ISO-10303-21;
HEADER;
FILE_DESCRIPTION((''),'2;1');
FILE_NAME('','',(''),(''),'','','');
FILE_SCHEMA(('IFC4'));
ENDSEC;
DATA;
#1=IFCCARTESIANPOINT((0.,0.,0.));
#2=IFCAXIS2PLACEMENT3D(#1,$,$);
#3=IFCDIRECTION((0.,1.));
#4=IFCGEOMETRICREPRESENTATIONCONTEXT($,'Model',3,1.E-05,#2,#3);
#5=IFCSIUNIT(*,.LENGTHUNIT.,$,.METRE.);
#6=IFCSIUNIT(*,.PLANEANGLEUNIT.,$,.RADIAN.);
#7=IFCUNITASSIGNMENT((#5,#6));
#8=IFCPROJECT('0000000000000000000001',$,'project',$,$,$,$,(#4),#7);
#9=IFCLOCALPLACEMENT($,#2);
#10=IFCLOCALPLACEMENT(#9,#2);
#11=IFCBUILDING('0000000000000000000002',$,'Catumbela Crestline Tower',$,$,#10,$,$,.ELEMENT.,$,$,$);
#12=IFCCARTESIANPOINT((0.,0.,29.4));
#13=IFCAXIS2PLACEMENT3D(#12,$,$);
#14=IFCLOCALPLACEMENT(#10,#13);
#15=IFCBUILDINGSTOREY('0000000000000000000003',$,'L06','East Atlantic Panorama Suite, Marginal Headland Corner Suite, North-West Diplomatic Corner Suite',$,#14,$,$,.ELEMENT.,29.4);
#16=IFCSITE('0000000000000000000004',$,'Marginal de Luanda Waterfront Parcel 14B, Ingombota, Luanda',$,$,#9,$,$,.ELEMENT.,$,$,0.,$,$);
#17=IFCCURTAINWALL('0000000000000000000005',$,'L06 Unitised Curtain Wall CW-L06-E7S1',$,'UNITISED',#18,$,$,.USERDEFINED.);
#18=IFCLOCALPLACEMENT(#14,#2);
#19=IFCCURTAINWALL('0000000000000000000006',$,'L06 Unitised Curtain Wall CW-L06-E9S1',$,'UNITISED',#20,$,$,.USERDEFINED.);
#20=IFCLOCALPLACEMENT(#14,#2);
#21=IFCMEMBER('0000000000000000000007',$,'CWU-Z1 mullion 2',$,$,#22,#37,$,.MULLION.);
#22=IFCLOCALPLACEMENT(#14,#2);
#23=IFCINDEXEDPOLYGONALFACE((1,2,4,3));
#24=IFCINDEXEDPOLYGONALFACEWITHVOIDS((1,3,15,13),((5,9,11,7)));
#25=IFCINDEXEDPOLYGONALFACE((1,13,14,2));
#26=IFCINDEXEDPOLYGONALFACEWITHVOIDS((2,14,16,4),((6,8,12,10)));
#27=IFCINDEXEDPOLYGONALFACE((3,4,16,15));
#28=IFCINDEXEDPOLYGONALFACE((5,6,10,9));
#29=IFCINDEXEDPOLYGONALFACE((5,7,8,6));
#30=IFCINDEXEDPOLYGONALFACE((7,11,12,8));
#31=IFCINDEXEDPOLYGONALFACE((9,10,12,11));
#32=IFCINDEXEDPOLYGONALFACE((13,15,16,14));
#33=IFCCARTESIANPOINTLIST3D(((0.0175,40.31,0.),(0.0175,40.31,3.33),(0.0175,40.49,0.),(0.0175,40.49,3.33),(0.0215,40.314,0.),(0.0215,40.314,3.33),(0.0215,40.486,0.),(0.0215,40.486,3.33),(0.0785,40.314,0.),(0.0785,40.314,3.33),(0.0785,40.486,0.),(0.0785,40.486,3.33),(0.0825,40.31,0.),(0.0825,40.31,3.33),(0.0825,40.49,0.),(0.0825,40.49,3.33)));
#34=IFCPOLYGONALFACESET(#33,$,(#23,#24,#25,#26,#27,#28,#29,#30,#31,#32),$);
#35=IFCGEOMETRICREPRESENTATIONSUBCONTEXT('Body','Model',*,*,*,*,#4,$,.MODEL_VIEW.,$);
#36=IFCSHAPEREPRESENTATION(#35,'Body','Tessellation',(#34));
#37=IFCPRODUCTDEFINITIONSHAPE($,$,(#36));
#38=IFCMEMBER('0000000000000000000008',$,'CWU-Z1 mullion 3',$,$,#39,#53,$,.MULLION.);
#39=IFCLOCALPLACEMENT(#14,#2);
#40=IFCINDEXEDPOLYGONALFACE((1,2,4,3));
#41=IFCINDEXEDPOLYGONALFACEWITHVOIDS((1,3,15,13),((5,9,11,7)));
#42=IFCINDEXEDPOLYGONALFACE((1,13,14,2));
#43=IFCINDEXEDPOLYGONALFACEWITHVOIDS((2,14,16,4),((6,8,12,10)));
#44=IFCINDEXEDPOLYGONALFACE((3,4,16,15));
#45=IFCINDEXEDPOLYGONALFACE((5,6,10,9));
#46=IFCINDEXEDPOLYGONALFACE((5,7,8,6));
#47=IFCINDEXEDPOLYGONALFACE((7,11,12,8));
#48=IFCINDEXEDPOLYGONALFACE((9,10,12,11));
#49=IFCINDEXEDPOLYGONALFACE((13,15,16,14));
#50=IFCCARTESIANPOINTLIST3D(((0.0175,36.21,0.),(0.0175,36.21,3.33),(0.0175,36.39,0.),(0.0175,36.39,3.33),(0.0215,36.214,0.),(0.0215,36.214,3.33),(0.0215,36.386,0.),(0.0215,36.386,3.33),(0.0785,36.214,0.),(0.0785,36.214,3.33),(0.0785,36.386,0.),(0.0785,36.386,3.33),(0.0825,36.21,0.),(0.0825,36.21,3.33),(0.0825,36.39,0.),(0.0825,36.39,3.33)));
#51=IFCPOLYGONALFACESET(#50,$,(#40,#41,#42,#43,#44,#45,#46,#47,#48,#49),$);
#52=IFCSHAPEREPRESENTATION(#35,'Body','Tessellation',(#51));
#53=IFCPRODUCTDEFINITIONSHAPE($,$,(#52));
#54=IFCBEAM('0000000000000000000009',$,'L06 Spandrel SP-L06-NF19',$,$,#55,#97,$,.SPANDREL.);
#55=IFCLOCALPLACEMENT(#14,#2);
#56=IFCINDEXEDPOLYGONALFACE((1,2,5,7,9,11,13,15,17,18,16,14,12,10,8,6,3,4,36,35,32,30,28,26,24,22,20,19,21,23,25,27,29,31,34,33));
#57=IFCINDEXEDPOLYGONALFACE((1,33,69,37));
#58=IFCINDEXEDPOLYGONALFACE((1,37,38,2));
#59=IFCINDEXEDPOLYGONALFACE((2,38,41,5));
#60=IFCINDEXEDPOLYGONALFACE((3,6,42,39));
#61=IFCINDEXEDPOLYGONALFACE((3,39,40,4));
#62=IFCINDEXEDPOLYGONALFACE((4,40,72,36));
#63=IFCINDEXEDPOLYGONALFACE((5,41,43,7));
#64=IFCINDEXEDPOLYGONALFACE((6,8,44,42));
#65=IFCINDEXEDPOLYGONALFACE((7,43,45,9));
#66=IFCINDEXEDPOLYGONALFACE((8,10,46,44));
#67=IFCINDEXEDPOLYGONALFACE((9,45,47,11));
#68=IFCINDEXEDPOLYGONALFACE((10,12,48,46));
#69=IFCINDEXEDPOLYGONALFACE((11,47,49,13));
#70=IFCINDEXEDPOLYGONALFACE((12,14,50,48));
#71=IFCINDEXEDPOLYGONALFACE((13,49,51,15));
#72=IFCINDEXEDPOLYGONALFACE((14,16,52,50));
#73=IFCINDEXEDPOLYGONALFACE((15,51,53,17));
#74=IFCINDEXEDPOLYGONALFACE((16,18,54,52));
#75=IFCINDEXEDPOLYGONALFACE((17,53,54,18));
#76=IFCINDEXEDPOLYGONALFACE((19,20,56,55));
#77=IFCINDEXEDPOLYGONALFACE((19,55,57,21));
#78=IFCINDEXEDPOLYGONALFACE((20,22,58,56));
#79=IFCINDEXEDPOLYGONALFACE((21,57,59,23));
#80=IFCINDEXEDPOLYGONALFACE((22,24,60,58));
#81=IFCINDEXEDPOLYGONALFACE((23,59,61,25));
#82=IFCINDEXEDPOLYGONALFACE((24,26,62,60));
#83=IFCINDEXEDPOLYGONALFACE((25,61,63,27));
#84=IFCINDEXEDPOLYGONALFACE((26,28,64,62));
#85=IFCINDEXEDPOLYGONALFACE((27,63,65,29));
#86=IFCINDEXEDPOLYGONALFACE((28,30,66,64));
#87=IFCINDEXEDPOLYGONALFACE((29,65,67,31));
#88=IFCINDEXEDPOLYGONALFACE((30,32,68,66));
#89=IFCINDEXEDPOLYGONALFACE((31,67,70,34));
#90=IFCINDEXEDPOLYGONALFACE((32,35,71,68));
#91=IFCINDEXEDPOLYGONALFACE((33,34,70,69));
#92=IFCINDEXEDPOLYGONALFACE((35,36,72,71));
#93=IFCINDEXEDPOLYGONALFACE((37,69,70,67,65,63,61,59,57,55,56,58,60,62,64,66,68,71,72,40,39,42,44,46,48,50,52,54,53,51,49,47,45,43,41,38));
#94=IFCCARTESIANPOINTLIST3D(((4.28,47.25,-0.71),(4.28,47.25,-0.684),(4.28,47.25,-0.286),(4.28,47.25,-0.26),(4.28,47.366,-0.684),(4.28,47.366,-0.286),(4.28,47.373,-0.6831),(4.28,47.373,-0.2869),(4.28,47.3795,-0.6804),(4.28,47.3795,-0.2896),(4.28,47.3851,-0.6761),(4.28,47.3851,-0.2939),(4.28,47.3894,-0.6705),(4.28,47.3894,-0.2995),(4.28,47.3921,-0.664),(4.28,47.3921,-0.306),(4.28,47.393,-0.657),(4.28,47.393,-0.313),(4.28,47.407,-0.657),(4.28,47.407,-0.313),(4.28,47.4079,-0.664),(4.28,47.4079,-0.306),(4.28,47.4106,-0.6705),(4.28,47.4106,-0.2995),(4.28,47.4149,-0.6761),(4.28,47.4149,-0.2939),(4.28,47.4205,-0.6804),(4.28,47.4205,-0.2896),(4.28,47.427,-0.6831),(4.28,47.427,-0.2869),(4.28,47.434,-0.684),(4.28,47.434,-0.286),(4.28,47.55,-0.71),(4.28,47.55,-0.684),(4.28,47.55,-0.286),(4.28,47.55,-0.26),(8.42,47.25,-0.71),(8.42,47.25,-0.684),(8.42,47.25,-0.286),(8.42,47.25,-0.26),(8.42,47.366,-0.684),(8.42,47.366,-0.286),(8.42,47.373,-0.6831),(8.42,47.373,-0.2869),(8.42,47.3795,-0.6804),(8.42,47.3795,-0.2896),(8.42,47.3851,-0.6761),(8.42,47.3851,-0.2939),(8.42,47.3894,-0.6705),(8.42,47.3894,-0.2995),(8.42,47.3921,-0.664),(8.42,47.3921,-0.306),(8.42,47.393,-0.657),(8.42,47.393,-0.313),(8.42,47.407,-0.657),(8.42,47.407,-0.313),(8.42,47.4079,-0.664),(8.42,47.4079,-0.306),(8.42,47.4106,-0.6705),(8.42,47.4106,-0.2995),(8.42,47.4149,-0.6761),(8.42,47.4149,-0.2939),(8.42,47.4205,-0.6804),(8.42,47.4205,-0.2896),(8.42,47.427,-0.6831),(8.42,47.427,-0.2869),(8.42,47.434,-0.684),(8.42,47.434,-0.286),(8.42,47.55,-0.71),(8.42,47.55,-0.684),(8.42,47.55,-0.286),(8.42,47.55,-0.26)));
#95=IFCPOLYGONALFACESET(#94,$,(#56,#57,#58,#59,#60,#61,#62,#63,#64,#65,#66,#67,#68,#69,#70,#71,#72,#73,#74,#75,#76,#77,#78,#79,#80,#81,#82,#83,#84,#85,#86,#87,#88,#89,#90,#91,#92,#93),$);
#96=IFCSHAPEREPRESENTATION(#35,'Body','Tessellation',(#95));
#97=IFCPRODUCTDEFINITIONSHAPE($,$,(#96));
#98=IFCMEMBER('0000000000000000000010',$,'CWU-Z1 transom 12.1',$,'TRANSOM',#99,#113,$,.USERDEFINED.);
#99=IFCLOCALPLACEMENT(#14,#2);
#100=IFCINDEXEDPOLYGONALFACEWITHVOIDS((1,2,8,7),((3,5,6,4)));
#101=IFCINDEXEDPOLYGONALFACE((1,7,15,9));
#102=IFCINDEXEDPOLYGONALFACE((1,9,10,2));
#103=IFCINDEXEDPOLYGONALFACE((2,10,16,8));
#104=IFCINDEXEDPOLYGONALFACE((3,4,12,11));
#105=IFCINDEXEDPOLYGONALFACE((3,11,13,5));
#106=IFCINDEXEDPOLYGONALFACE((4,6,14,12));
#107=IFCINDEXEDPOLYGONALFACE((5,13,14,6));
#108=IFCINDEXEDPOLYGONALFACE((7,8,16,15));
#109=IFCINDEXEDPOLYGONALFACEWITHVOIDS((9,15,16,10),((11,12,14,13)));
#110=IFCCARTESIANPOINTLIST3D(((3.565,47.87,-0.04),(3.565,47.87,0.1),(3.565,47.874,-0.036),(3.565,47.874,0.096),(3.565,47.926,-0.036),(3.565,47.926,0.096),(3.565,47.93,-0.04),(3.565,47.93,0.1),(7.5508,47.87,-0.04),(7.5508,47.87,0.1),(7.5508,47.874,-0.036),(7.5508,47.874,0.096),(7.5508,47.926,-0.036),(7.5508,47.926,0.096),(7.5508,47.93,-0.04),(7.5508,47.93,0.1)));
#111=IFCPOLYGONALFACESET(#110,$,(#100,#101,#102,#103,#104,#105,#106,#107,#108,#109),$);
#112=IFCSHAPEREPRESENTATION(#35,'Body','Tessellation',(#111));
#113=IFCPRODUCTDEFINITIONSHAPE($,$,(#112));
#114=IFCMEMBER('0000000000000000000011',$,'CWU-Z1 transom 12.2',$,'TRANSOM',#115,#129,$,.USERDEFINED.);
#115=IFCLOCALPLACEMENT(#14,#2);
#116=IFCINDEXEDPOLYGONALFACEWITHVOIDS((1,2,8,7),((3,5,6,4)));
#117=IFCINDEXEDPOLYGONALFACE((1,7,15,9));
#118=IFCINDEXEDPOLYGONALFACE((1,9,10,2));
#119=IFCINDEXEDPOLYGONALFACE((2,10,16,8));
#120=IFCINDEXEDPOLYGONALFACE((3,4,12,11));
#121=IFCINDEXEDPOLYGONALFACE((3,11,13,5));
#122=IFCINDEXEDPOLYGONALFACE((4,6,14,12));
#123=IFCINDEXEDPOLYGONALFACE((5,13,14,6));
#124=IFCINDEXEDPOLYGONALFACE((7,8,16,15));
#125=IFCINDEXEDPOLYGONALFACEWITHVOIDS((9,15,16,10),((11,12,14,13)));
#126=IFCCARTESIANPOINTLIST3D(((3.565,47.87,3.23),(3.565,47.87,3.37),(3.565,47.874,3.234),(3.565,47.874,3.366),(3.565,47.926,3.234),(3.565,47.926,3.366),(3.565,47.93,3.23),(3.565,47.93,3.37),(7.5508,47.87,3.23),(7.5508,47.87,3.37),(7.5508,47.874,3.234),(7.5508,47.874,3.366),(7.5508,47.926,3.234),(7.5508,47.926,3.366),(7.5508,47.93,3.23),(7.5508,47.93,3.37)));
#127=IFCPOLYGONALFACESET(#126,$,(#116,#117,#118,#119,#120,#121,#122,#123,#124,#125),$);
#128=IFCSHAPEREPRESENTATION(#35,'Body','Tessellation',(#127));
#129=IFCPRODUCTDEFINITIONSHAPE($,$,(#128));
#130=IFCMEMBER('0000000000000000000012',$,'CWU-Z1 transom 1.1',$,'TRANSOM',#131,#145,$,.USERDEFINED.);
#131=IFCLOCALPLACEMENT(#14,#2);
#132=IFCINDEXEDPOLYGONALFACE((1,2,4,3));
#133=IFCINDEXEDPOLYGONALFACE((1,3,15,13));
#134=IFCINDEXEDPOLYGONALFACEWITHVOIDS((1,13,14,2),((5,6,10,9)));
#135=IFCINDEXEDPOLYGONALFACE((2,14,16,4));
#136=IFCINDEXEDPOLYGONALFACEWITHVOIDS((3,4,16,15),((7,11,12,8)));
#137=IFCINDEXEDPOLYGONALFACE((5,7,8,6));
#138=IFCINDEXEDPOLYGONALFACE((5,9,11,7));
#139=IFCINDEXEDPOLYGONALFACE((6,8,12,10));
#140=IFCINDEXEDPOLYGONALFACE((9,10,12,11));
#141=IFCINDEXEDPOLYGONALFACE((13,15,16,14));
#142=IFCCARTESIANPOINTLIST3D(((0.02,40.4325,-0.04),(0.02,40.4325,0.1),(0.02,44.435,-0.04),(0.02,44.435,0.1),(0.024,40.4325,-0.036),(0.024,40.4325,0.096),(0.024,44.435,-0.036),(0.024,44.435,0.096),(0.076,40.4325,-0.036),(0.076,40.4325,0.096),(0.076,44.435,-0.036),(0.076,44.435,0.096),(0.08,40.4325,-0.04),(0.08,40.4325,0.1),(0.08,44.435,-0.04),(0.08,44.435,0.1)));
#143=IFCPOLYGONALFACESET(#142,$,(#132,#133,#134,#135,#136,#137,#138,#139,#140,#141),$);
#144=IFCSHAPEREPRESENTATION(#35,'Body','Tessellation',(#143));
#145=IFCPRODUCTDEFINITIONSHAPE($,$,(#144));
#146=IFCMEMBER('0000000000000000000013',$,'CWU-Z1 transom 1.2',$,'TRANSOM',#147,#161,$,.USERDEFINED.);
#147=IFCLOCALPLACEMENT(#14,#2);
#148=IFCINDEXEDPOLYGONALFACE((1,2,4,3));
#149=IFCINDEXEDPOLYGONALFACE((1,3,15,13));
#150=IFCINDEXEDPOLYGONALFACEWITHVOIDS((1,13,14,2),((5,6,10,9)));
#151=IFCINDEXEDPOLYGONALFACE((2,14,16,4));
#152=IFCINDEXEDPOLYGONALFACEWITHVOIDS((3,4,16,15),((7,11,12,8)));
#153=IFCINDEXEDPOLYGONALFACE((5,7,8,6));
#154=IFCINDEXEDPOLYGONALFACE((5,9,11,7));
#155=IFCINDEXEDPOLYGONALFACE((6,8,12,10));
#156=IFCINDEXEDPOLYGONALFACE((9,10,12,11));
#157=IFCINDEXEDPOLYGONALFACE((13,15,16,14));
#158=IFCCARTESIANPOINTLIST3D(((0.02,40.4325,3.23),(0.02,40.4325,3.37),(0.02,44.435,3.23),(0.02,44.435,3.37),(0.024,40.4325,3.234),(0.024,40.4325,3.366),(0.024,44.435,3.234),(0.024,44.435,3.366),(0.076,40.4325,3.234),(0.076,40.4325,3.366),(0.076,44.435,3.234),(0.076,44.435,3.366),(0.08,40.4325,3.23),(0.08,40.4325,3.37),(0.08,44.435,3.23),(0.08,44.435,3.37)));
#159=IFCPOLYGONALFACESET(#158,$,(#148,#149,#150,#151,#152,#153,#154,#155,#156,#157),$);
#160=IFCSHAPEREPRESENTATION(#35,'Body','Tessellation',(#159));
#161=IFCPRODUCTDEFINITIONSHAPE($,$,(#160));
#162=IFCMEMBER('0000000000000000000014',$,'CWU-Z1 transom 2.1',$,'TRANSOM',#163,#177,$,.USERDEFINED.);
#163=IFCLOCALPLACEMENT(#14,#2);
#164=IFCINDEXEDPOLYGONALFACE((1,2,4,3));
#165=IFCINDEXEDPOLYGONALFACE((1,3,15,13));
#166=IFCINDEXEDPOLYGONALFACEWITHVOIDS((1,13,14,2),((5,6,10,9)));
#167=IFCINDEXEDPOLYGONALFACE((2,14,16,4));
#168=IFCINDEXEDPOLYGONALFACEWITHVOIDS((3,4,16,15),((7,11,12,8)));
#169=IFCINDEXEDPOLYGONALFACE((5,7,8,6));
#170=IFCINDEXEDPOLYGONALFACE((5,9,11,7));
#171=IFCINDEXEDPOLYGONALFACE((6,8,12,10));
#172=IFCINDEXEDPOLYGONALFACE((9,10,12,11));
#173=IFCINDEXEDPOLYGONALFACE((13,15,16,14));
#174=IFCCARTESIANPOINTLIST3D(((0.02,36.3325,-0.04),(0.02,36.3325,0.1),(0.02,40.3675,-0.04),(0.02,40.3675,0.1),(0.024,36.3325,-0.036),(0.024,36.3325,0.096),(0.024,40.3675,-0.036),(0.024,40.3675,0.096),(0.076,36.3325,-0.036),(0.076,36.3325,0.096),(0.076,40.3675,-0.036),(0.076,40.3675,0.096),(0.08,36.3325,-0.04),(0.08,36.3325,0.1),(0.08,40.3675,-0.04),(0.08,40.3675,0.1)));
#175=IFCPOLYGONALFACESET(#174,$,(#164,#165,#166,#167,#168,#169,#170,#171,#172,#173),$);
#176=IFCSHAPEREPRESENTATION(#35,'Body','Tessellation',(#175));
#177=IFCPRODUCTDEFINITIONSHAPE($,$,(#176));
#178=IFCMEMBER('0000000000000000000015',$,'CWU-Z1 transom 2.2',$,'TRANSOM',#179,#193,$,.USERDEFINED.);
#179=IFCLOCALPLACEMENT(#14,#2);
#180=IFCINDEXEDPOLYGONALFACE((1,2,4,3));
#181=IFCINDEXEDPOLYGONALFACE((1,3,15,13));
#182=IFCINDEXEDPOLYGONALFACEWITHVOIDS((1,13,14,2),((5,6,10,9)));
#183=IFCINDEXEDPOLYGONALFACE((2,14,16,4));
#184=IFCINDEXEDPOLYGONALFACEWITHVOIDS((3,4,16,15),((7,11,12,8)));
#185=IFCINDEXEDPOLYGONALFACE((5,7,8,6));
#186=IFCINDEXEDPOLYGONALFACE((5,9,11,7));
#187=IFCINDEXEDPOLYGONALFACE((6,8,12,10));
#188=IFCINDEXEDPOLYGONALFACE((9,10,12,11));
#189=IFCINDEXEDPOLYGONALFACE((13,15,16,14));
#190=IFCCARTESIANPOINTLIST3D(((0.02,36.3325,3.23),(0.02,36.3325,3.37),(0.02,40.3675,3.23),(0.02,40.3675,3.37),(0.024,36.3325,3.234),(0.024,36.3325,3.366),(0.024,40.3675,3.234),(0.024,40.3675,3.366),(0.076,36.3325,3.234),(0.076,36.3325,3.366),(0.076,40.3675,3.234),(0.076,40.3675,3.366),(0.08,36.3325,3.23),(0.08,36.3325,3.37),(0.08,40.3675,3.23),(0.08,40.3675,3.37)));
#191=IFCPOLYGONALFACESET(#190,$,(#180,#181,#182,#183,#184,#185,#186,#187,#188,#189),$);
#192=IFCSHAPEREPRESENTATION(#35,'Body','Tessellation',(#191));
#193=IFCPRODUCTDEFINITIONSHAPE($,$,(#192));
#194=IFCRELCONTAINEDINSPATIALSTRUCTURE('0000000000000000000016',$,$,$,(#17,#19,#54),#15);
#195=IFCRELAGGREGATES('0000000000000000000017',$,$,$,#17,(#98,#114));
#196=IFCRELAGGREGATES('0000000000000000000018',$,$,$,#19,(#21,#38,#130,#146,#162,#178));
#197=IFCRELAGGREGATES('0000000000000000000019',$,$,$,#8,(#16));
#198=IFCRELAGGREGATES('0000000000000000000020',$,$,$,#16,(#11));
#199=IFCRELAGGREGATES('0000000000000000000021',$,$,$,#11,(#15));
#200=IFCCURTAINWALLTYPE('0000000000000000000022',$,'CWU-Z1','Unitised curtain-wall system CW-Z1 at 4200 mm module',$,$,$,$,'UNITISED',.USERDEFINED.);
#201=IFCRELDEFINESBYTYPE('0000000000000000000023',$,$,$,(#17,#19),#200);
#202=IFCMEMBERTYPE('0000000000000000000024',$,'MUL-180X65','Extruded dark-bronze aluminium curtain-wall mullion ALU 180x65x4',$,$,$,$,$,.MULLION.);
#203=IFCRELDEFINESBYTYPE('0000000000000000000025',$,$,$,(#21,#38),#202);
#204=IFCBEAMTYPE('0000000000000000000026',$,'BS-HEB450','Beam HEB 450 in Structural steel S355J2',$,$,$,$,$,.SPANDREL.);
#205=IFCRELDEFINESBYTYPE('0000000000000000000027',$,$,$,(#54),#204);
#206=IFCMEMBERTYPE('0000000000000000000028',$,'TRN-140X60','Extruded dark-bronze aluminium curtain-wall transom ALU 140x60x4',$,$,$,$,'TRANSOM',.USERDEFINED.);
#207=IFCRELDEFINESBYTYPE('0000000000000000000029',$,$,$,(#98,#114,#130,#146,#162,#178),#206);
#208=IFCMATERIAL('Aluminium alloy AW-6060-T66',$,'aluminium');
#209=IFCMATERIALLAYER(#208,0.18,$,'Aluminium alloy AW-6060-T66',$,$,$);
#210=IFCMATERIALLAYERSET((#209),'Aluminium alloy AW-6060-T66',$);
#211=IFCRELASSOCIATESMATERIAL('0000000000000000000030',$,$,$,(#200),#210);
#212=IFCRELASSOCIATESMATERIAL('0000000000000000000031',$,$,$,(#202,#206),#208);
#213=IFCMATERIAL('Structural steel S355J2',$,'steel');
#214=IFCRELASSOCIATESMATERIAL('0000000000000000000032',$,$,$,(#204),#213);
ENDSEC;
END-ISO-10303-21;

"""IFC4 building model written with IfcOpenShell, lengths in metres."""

from ifc_helpers import new_model, si_unit, direction, frame, origin, origin_2d, place, context, subcontext, project, spatial, hollow_rectangle, i_section, extrude, material, layer, layer_set, material_profile, profile_set, type_object, element, aggregate, save


model = new_model("IFC4")

# Units and contexts
model_context = context("Model", 3, precision=1e-05, world=origin(), true_north=direction((0.0, 1.0)))
body_context = subcontext(model_context, "Body", "Model", "MODEL_VIEW")
ifc_project = project(units=[si_unit("LENGTHUNIT", "METRE"), si_unit("PLANEANGLEUNIT", "RADIAN")], contexts=[model_context])

# Site, building, storey
site_placement = place(None, origin())
site = spatial("IfcSite", under=ifc_project, at=site_placement, Name="Marginal de Luanda Waterfront Parcel 14B, Ingombota, Luanda", CompositionType="ELEMENT", RefElevation=0.0)
building_placement = place(site_placement, origin())
building = spatial("IfcBuilding", under=site, at=building_placement, Name="Catumbela Crestline Tower", CompositionType="ELEMENT")
storey_placement = place(building_placement, frame((0.0, 0.0, 29.4)))
storey = spatial("IfcBuildingStorey", under=building, at=storey_placement, Name="L06", Description="East Atlantic Panorama Suite, Marginal Headland Corner Suite, North-West Diplomatic Corner Suite", CompositionType="ELEMENT", Elevation=29.4)

# Shared definitions
ifc_material_1 = material(Name="Structural steel S355J2", Category="steel")

# Curtain walls, members
ifc_material_2 = material(Name="Aluminium alloy AW-6060-T66", Category="aluminium")
ifc_layer_1 = layer(ifc_material_2, 0.18, Name="Aluminium alloy AW-6060-T66")
ifc_layer_set_1 = layer_set([ifc_layer_1], Name="Aluminium alloy AW-6060-T66")
curtain_wall_type = type_object("IfcCurtainWallType", Name="CWU-Z1", Description="Unitised curtain-wall system CW-Z1 at 4200 mm module", ElementType="UNITISED", PredefinedType="USERDEFINED", material=ifc_layer_set_1)
curtain_wall_1_placement = place(storey_placement, origin())
curtain_wall_1 = element("IfcCurtainWall", 1, at=curtain_wall_1_placement, inside=storey, type_object=curtain_wall_type, Name="L06 Unitised Curtain Wall CW-L06-E7S1", ObjectType="UNITISED", PredefinedType="USERDEFINED")
ifc_material_profile_1 = material_profile(ifc_material_2, hollow_rectangle(XDim=0.065, YDim=0.18, WallThickness=0.004, at=origin_2d()), Name="ALU 180x65x4")
ifc_profile_set_1 = profile_set([ifc_material_profile_1], Name="Aluminium alloy AW-6060-T66")
member_type_1 = type_object("IfcMemberType", Name="MUL-180X65", Description="Extruded dark-bronze aluminium curtain-wall mullion ALU 180x65x4", PredefinedType="MULLION", material=ifc_profile_set_1)
curtain_wall_2_placement = place(storey_placement, origin())
curtain_wall_2 = element("IfcCurtainWall", 2, at=curtain_wall_2_placement, inside=storey, type_object=curtain_wall_type, Name="L06 Unitised Curtain Wall CW-L06-E9S1", ObjectType="UNITISED", PredefinedType="USERDEFINED")
member_1_placement = place(storey_placement, frame((0.05, 40.4, 0.0), z_axis=(0.0, 0.0, 1.0), x_axis=(1.0, 0.0, 0.0)))
member_1 = element("IfcMember", 3, at=member_1_placement, type_object=member_type_1, Name="CWU-Z1 mullion 2", PredefinedType="MULLION", context=body_context, shape_type="SweptSolid", body=[
    extrude(hollow_rectangle(XDim=0.065, YDim=0.18, WallThickness=0.004, at=origin_2d()), origin(), (0.0, 0.0, 1.0), 3.33),
])
member_2_placement = place(storey_placement, frame((0.05, 36.3, 0.0), z_axis=(0.0, 0.0, 1.0), x_axis=(1.0, 0.0, 0.0)))
member_2 = element("IfcMember", 4, at=member_2_placement, type_object=member_type_1, Name="CWU-Z1 mullion 3", PredefinedType="MULLION", context=body_context, shape_type="SweptSolid", body=[
    extrude(hollow_rectangle(XDim=0.065, YDim=0.18, WallThickness=0.004, at=origin_2d()), origin(), (0.0, 0.0, 1.0), 3.33),
])

# Beam
ifc_material_profile_2 = material_profile(ifc_material_1, i_section(OverallWidth=0.3, OverallDepth=0.45, WebThickness=0.014, FlangeThickness=0.026, FilletRadius=0.027, at=origin_2d()), Name="HEB 450")
ifc_profile_set_2 = profile_set([ifc_material_profile_2], Name="Structural steel S355J2")
beam_type_1 = type_object("IfcBeamType", Name="BS-HEB450", Description="Beam HEB 450 in Structural steel S355J2", PredefinedType="SPANDREL", material=ifc_profile_set_2)
beam_1_placement = place(storey_placement, frame((4.28, 47.4, -0.485), z_axis=(1.0, 0.0, 0.0), x_axis=(0.0, 1.0, 0.0)))
element("IfcBeam", 5, at=beam_1_placement, inside=storey, type_object=beam_type_1, Name="L06 Spandrel SP-L06-NF19", PredefinedType="SPANDREL", context=body_context, shape_type="SweptSolid", body=[
    extrude(i_section(OverallWidth=0.3, OverallDepth=0.45, WebThickness=0.014, FlangeThickness=0.026, FilletRadius=0.027, at=origin_2d()), origin(), (0.0, 0.0, 1.0), 4.14),
])

# Members
ifc_material_profile_3 = material_profile(ifc_material_2, hollow_rectangle(XDim=0.06, YDim=0.14, WallThickness=0.004, at=origin_2d()), Name="ALU 140x60x4")
ifc_profile_set_3 = profile_set([ifc_material_profile_3], Name="Aluminium alloy AW-6060-T66")
member_type_2 = type_object("IfcMemberType", Name="TRN-140X60", Description="Extruded dark-bronze aluminium curtain-wall transom ALU 140x60x4", ElementType="TRANSOM", PredefinedType="USERDEFINED", material=ifc_profile_set_3)
member_3_placement = place(storey_placement, frame((7.5508, 47.9, 0.03), z_axis=(-1.0, 0.0, 0.0), x_axis=(0.0, -1.0, 0.0)))
member_3 = element("IfcMember", 6, at=member_3_placement, type_object=member_type_2, Name="CWU-Z1 transom 12.1", ObjectType="TRANSOM", PredefinedType="USERDEFINED", context=body_context, shape_type="SweptSolid", body=[
    extrude(hollow_rectangle(XDim=0.06, YDim=0.14, WallThickness=0.004, at=origin_2d()), origin(), (0.0, 0.0, 1.0), 3.9858),
])
member_4_placement = place(storey_placement, frame((7.5508, 47.9, 3.3), z_axis=(-1.0, 0.0, 0.0), x_axis=(0.0, -1.0, 0.0)))
member_4 = element("IfcMember", 7, at=member_4_placement, type_object=member_type_2, Name="CWU-Z1 transom 12.2", ObjectType="TRANSOM", PredefinedType="USERDEFINED", context=body_context, shape_type="SweptSolid", body=[
    extrude(hollow_rectangle(XDim=0.06, YDim=0.14, WallThickness=0.004, at=origin_2d()), origin(), (0.0, 0.0, 1.0), 3.9858),
])
member_5_placement = place(storey_placement, frame((0.05, 44.435, 0.03), z_axis=(0.0, -1.0, 0.0), x_axis=(1.0, 0.0, 0.0)))
member_5 = element("IfcMember", 8, at=member_5_placement, type_object=member_type_2, Name="CWU-Z1 transom 1.1", ObjectType="TRANSOM", PredefinedType="USERDEFINED", context=body_context, shape_type="SweptSolid", body=[
    extrude(hollow_rectangle(XDim=0.06, YDim=0.14, WallThickness=0.004, at=origin_2d()), origin(), (0.0, 0.0, 1.0), 4.0025),
])
member_6_placement = place(storey_placement, frame((0.05, 44.435, 3.3), z_axis=(0.0, -1.0, 0.0), x_axis=(1.0, 0.0, 0.0)))
member_6 = element("IfcMember", 9, at=member_6_placement, type_object=member_type_2, Name="CWU-Z1 transom 1.2", ObjectType="TRANSOM", PredefinedType="USERDEFINED", context=body_context, shape_type="SweptSolid", body=[
    extrude(hollow_rectangle(XDim=0.06, YDim=0.14, WallThickness=0.004, at=origin_2d()), origin(), (0.0, 0.0, 1.0), 4.0025),
])
member_7_placement = place(storey_placement, frame((0.05, 40.3675, 0.03), z_axis=(0.0, -1.0, 0.0), x_axis=(1.0, 0.0, 0.0)))
member_7 = element("IfcMember", 10, at=member_7_placement, type_object=member_type_2, Name="CWU-Z1 transom 2.1", ObjectType="TRANSOM", PredefinedType="USERDEFINED", context=body_context, shape_type="SweptSolid", body=[
    extrude(hollow_rectangle(XDim=0.06, YDim=0.14, WallThickness=0.004, at=origin_2d()), origin(), (0.0, 0.0, 1.0), 4.035),
])
member_8_placement = place(storey_placement, frame((0.05, 40.3675, 3.3), z_axis=(0.0, -1.0, 0.0), x_axis=(1.0, 0.0, 0.0)))
member_8 = element("IfcMember", 11, at=member_8_placement, type_object=member_type_2, Name="CWU-Z1 transom 2.2", ObjectType="TRANSOM", PredefinedType="USERDEFINED", context=body_context, shape_type="SweptSolid", body=[
    extrude(hollow_rectangle(XDim=0.06, YDim=0.14, WallThickness=0.004, at=origin_2d()), origin(), (0.0, 0.0, 1.0), 4.035),
])

aggregate(curtain_wall_1, [member_3, member_4])
aggregate(curtain_wall_2, [member_1, member_2, member_5, member_6, member_7, member_8])

save(model, "model.ifc")
